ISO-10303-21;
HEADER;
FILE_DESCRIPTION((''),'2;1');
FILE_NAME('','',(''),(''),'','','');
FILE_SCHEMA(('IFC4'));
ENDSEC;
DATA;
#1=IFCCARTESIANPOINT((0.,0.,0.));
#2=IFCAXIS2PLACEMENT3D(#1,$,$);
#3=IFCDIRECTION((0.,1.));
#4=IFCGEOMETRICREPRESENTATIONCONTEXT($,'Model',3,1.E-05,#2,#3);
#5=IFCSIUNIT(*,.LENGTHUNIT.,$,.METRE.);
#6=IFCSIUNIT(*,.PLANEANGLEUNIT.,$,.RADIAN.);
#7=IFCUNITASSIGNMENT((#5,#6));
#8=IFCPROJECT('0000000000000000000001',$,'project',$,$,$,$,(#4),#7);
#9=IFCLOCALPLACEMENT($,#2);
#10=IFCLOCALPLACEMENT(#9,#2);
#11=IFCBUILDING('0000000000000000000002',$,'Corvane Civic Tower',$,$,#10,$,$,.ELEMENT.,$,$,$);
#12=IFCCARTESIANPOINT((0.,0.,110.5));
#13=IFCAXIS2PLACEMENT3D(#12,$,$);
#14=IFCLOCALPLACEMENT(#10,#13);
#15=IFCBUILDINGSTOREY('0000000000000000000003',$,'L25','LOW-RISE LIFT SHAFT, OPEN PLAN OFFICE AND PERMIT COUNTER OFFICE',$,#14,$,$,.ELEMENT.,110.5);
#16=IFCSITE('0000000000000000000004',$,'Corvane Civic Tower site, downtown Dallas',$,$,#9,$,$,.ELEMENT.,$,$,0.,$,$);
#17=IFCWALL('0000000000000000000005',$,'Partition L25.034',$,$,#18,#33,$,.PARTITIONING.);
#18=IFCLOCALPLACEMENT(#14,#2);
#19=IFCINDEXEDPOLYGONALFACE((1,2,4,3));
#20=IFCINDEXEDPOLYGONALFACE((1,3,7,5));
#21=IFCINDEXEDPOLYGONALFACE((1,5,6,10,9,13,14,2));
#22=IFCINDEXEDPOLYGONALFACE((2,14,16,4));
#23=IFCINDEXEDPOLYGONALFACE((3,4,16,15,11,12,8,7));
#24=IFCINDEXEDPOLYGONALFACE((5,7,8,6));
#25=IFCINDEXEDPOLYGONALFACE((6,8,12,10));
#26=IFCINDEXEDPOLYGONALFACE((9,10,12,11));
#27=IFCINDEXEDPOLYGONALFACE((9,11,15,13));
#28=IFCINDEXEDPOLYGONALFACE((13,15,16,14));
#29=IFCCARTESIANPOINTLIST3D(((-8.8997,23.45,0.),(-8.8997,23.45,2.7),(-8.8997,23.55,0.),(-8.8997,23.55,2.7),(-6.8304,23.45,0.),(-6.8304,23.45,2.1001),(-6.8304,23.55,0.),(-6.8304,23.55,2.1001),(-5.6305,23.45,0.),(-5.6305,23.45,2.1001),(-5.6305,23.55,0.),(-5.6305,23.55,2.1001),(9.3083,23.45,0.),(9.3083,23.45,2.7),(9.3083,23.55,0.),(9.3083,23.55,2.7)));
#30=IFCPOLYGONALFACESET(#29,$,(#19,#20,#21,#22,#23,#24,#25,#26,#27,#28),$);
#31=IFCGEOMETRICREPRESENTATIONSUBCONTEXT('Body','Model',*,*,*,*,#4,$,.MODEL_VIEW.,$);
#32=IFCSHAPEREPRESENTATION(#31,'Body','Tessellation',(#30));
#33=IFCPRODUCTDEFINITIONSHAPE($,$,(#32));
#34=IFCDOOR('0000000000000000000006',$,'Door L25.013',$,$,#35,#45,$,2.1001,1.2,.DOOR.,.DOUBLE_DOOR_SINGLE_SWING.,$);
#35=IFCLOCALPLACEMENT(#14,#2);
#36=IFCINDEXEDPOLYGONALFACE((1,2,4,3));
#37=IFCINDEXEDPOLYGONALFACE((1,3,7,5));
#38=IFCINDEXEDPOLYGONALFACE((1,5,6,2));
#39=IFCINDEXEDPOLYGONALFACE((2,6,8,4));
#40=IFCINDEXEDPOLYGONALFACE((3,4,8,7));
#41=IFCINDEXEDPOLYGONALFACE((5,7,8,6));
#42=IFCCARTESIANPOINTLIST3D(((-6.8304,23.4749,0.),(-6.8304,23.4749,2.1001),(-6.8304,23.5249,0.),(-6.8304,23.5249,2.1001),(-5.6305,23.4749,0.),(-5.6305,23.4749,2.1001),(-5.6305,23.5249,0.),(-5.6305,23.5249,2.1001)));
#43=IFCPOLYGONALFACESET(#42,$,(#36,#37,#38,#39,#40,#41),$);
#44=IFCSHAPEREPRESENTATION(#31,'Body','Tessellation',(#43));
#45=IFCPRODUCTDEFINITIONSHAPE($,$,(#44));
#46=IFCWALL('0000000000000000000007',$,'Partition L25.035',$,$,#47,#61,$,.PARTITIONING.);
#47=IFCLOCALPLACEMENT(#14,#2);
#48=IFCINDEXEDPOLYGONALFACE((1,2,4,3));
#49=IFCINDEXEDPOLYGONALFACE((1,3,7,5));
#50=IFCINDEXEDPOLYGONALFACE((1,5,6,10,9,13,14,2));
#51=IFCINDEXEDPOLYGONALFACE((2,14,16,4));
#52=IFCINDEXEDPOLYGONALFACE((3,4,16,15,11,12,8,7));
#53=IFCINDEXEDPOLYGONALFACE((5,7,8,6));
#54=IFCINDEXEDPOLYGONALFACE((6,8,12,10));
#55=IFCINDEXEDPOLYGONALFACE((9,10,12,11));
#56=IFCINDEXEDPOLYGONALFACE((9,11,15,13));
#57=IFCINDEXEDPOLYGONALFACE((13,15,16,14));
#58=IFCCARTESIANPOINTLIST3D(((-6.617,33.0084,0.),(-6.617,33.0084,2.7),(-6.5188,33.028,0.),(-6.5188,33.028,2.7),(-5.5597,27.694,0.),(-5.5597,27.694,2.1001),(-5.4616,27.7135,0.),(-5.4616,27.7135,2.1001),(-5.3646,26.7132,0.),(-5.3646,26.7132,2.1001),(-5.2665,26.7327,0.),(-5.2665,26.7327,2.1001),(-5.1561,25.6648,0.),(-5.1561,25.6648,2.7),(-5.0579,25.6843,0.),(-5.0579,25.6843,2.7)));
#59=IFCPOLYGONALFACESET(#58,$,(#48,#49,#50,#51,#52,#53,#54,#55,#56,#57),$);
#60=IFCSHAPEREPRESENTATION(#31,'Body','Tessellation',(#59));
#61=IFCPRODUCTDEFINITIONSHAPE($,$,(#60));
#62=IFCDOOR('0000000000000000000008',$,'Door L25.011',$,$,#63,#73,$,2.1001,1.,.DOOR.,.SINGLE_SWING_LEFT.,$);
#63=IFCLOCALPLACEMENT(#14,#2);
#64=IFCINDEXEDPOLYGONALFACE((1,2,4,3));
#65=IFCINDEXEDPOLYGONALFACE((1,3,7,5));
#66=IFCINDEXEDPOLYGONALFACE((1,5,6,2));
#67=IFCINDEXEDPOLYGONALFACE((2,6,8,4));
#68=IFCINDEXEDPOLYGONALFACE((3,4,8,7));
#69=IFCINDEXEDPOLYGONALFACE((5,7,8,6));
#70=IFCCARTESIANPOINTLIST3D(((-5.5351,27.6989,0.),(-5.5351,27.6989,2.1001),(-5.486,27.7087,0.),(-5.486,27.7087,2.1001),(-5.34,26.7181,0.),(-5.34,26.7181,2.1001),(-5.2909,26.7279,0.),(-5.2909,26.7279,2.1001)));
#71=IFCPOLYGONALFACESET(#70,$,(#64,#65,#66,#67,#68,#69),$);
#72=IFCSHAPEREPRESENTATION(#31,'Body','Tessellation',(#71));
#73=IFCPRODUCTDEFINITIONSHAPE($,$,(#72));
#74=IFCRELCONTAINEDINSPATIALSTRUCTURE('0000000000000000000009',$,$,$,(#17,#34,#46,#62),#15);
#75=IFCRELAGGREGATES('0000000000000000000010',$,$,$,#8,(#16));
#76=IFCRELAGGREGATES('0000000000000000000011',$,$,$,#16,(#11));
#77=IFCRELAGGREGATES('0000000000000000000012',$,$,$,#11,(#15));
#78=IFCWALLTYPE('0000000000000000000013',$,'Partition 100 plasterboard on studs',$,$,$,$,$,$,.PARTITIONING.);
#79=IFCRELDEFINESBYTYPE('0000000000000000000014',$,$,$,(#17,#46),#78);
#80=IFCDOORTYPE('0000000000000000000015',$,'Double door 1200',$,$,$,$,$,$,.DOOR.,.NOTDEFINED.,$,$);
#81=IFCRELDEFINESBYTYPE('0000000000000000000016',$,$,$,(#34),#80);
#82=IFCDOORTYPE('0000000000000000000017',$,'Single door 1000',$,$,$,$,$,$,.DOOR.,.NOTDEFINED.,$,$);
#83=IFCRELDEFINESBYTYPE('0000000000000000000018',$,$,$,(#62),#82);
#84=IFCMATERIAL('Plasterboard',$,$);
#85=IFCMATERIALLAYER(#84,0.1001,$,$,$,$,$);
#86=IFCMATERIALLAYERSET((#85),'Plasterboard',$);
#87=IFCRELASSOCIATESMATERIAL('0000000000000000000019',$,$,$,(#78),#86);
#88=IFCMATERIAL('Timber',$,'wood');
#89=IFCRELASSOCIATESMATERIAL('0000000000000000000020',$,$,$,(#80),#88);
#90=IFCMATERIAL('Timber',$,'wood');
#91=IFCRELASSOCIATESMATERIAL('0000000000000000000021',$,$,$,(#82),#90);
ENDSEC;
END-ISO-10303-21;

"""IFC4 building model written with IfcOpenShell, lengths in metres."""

from ifc_helpers import new_model, si_unit, direction, frame, frame_2d, origin, place, context, subcontext, project, spatial, rectangle, extrude, material, layer, layer_set, type_object, element, fill, save


model = new_model("IFC4")

# Units and contexts
model_context = context("Model", 3, precision=1e-05, world=origin(), true_north=direction((0.0, 1.0)))
body_context = subcontext(model_context, "Body", "Model", "MODEL_VIEW")
ifc_project = project(units=[si_unit("LENGTHUNIT", "METRE"), si_unit("PLANEANGLEUNIT", "RADIAN")], contexts=[model_context])

# Site, building, storey
site_placement = place(None, origin())
site = spatial("IfcSite", under=ifc_project, at=site_placement, Name="Corvane Civic Tower site, downtown Dallas", CompositionType="ELEMENT", RefElevation=0.0)
building_placement = place(site_placement, origin())
building = spatial("IfcBuilding", under=site, at=building_placement, Name="Corvane Civic Tower", CompositionType="ELEMENT")
storey_placement = place(building_placement, frame((0.0, 0.0, 110.5)))
storey = spatial("IfcBuildingStorey", under=building, at=storey_placement, Name="L25", Description="LOW-RISE LIFT SHAFT, OPEN PLAN OFFICE AND PERMIT COUNTER OFFICE", CompositionType="ELEMENT", Elevation=110.5)

# Shared definitions
ifc_material_1 = material(Name="Plasterboard")
ifc_layer_1 = layer(ifc_material_1, 0.1001)
ifc_layer_set_1 = layer_set([ifc_layer_1], Name="Plasterboard")
wall_type_1 = type_object("IfcWallType", Name="Partition 100 plasterboard on studs", PredefinedType="PARTITIONING", material=ifc_layer_set_1)

# Walls, openings, doors
wall_1_placement = place(storey_placement, frame((-8.8997, 23.5, 0.0), z_axis=(0.0, 0.0, 1.0), x_axis=(1.0, 0.0, 0.0)))
wall_1 = element("IfcWall", 1, at=wall_1_placement, inside=storey, type_object=wall_type_1, Name="Partition L25.034", PredefinedType="PARTITIONING", context=body_context, shape_type="SweptSolid", body=[
    extrude(rectangle(XDim=18.208, YDim=0.1001, at=frame_2d((9.104, 0.0))), origin(), (0.0, 0.0, 1.0), 2.7),
])
opening_1_placement = place(wall_1_placement, frame((2.0691, 0.0, 0.0)))
opening_1 = element("IfcOpeningElement", 2, at=opening_1_placement, cuts=wall_1, PredefinedType="OPENING", context=body_context, shape_type="SweptSolid", body=[
    extrude(rectangle(XDim=1.2, YDim=2.1001, at=frame_2d((0.6001, 1.05))), frame((0.0, 0.0601, 0.0), z_axis=(0.0, -1.0, 0.0), x_axis=(1.0, 0.0, 0.0)), (0.0, 0.0, 1.0), 0.1201),
])
ifc_material_2 = material(Name="Timber", Category="wood")
door_type_1 = type_object("IfcDoorType", Name="Double door 1200", OperationType="NOTDEFINED", PredefinedType="DOOR", material=ifc_material_2)
door_1_placement = place(opening_1_placement, origin())
door_1 = element("IfcDoor", 3, at=door_1_placement, inside=storey, type_object=door_type_1, Name="Door L25.013", OperationType="DOUBLE_DOOR_SINGLE_SWING", OverallHeight=2.1001, OverallWidth=1.2, PredefinedType="DOOR", context=body_context, shape_type="SweptSolid", body=[
    extrude(rectangle(XDim=1.2, YDim=2.1001, at=frame_2d((0.6001, 1.05))), frame((0.0, 0.0249, 0.0), z_axis=(0.0, -1.0, 0.0), x_axis=(1.0, 0.0, 0.0)), (0.0, 0.0, 1.0), 0.05),
])
fill(opening_1, door_1)
wall_2_placement = place(storey_placement, frame((-6.5679, 33.0181, 0.0), z_axis=(0.0, 0.0, 1.0), x_axis=(0.195113, -0.980781, 0.0)))
wall_2 = element("IfcWall", 4, at=wall_2_placement, inside=storey, type_object=wall_type_1, Name="Partition L25.035", PredefinedType="PARTITIONING", context=body_context, shape_type="SweptSolid", body=[
    extrude(rectangle(XDim=7.4875, YDim=0.1001, at=frame_2d((3.7437, 0.0))), origin(), (0.0, 0.0, 1.0), 2.7),
])
opening_2_placement = place(wall_2_placement, frame((5.4185, 0.0, 0.0)))
opening_2 = element("IfcOpeningElement", 5, at=opening_2_placement, cuts=wall_2, PredefinedType="OPENING", context=body_context, shape_type="SweptSolid", body=[
    extrude(rectangle(XDim=1.0, YDim=2.1001, at=frame_2d((0.5, 1.05))), frame((0.0, 0.0601, 0.0), z_axis=(0.0, -1.0, 0.0), x_axis=(1.0, 0.0, 0.0)), (0.0, 0.0, 1.0), 0.1201),
])
ifc_material_3 = material(Name="Timber", Category="wood")
door_type_2 = type_object("IfcDoorType", Name="Single door 1000", OperationType="NOTDEFINED", PredefinedType="DOOR", material=ifc_material_3)
door_2_placement = place(opening_2_placement, frame((1.0, 0.0, 0.0), z_axis=(0.0, 0.0, 1.0), x_axis=(-1.0, 0.0, 0.0)))
door_2 = element("IfcDoor", 6, at=door_2_placement, inside=storey, type_object=door_type_2, Name="Door L25.011", OperationType="SINGLE_SWING_LEFT", OverallHeight=2.1001, OverallWidth=1.0, PredefinedType="DOOR", context=body_context, shape_type="SweptSolid", body=[
    extrude(rectangle(XDim=1.0, YDim=2.1001, at=frame_2d((0.5, 1.05))), frame((0.0, 0.0249, 0.0), z_axis=(0.0, -1.0, 0.0), x_axis=(1.0, 0.0, 0.0)), (0.0, 0.0, 1.0), 0.05),
])
fill(opening_2, door_2)

save(model, "model.ifc")
